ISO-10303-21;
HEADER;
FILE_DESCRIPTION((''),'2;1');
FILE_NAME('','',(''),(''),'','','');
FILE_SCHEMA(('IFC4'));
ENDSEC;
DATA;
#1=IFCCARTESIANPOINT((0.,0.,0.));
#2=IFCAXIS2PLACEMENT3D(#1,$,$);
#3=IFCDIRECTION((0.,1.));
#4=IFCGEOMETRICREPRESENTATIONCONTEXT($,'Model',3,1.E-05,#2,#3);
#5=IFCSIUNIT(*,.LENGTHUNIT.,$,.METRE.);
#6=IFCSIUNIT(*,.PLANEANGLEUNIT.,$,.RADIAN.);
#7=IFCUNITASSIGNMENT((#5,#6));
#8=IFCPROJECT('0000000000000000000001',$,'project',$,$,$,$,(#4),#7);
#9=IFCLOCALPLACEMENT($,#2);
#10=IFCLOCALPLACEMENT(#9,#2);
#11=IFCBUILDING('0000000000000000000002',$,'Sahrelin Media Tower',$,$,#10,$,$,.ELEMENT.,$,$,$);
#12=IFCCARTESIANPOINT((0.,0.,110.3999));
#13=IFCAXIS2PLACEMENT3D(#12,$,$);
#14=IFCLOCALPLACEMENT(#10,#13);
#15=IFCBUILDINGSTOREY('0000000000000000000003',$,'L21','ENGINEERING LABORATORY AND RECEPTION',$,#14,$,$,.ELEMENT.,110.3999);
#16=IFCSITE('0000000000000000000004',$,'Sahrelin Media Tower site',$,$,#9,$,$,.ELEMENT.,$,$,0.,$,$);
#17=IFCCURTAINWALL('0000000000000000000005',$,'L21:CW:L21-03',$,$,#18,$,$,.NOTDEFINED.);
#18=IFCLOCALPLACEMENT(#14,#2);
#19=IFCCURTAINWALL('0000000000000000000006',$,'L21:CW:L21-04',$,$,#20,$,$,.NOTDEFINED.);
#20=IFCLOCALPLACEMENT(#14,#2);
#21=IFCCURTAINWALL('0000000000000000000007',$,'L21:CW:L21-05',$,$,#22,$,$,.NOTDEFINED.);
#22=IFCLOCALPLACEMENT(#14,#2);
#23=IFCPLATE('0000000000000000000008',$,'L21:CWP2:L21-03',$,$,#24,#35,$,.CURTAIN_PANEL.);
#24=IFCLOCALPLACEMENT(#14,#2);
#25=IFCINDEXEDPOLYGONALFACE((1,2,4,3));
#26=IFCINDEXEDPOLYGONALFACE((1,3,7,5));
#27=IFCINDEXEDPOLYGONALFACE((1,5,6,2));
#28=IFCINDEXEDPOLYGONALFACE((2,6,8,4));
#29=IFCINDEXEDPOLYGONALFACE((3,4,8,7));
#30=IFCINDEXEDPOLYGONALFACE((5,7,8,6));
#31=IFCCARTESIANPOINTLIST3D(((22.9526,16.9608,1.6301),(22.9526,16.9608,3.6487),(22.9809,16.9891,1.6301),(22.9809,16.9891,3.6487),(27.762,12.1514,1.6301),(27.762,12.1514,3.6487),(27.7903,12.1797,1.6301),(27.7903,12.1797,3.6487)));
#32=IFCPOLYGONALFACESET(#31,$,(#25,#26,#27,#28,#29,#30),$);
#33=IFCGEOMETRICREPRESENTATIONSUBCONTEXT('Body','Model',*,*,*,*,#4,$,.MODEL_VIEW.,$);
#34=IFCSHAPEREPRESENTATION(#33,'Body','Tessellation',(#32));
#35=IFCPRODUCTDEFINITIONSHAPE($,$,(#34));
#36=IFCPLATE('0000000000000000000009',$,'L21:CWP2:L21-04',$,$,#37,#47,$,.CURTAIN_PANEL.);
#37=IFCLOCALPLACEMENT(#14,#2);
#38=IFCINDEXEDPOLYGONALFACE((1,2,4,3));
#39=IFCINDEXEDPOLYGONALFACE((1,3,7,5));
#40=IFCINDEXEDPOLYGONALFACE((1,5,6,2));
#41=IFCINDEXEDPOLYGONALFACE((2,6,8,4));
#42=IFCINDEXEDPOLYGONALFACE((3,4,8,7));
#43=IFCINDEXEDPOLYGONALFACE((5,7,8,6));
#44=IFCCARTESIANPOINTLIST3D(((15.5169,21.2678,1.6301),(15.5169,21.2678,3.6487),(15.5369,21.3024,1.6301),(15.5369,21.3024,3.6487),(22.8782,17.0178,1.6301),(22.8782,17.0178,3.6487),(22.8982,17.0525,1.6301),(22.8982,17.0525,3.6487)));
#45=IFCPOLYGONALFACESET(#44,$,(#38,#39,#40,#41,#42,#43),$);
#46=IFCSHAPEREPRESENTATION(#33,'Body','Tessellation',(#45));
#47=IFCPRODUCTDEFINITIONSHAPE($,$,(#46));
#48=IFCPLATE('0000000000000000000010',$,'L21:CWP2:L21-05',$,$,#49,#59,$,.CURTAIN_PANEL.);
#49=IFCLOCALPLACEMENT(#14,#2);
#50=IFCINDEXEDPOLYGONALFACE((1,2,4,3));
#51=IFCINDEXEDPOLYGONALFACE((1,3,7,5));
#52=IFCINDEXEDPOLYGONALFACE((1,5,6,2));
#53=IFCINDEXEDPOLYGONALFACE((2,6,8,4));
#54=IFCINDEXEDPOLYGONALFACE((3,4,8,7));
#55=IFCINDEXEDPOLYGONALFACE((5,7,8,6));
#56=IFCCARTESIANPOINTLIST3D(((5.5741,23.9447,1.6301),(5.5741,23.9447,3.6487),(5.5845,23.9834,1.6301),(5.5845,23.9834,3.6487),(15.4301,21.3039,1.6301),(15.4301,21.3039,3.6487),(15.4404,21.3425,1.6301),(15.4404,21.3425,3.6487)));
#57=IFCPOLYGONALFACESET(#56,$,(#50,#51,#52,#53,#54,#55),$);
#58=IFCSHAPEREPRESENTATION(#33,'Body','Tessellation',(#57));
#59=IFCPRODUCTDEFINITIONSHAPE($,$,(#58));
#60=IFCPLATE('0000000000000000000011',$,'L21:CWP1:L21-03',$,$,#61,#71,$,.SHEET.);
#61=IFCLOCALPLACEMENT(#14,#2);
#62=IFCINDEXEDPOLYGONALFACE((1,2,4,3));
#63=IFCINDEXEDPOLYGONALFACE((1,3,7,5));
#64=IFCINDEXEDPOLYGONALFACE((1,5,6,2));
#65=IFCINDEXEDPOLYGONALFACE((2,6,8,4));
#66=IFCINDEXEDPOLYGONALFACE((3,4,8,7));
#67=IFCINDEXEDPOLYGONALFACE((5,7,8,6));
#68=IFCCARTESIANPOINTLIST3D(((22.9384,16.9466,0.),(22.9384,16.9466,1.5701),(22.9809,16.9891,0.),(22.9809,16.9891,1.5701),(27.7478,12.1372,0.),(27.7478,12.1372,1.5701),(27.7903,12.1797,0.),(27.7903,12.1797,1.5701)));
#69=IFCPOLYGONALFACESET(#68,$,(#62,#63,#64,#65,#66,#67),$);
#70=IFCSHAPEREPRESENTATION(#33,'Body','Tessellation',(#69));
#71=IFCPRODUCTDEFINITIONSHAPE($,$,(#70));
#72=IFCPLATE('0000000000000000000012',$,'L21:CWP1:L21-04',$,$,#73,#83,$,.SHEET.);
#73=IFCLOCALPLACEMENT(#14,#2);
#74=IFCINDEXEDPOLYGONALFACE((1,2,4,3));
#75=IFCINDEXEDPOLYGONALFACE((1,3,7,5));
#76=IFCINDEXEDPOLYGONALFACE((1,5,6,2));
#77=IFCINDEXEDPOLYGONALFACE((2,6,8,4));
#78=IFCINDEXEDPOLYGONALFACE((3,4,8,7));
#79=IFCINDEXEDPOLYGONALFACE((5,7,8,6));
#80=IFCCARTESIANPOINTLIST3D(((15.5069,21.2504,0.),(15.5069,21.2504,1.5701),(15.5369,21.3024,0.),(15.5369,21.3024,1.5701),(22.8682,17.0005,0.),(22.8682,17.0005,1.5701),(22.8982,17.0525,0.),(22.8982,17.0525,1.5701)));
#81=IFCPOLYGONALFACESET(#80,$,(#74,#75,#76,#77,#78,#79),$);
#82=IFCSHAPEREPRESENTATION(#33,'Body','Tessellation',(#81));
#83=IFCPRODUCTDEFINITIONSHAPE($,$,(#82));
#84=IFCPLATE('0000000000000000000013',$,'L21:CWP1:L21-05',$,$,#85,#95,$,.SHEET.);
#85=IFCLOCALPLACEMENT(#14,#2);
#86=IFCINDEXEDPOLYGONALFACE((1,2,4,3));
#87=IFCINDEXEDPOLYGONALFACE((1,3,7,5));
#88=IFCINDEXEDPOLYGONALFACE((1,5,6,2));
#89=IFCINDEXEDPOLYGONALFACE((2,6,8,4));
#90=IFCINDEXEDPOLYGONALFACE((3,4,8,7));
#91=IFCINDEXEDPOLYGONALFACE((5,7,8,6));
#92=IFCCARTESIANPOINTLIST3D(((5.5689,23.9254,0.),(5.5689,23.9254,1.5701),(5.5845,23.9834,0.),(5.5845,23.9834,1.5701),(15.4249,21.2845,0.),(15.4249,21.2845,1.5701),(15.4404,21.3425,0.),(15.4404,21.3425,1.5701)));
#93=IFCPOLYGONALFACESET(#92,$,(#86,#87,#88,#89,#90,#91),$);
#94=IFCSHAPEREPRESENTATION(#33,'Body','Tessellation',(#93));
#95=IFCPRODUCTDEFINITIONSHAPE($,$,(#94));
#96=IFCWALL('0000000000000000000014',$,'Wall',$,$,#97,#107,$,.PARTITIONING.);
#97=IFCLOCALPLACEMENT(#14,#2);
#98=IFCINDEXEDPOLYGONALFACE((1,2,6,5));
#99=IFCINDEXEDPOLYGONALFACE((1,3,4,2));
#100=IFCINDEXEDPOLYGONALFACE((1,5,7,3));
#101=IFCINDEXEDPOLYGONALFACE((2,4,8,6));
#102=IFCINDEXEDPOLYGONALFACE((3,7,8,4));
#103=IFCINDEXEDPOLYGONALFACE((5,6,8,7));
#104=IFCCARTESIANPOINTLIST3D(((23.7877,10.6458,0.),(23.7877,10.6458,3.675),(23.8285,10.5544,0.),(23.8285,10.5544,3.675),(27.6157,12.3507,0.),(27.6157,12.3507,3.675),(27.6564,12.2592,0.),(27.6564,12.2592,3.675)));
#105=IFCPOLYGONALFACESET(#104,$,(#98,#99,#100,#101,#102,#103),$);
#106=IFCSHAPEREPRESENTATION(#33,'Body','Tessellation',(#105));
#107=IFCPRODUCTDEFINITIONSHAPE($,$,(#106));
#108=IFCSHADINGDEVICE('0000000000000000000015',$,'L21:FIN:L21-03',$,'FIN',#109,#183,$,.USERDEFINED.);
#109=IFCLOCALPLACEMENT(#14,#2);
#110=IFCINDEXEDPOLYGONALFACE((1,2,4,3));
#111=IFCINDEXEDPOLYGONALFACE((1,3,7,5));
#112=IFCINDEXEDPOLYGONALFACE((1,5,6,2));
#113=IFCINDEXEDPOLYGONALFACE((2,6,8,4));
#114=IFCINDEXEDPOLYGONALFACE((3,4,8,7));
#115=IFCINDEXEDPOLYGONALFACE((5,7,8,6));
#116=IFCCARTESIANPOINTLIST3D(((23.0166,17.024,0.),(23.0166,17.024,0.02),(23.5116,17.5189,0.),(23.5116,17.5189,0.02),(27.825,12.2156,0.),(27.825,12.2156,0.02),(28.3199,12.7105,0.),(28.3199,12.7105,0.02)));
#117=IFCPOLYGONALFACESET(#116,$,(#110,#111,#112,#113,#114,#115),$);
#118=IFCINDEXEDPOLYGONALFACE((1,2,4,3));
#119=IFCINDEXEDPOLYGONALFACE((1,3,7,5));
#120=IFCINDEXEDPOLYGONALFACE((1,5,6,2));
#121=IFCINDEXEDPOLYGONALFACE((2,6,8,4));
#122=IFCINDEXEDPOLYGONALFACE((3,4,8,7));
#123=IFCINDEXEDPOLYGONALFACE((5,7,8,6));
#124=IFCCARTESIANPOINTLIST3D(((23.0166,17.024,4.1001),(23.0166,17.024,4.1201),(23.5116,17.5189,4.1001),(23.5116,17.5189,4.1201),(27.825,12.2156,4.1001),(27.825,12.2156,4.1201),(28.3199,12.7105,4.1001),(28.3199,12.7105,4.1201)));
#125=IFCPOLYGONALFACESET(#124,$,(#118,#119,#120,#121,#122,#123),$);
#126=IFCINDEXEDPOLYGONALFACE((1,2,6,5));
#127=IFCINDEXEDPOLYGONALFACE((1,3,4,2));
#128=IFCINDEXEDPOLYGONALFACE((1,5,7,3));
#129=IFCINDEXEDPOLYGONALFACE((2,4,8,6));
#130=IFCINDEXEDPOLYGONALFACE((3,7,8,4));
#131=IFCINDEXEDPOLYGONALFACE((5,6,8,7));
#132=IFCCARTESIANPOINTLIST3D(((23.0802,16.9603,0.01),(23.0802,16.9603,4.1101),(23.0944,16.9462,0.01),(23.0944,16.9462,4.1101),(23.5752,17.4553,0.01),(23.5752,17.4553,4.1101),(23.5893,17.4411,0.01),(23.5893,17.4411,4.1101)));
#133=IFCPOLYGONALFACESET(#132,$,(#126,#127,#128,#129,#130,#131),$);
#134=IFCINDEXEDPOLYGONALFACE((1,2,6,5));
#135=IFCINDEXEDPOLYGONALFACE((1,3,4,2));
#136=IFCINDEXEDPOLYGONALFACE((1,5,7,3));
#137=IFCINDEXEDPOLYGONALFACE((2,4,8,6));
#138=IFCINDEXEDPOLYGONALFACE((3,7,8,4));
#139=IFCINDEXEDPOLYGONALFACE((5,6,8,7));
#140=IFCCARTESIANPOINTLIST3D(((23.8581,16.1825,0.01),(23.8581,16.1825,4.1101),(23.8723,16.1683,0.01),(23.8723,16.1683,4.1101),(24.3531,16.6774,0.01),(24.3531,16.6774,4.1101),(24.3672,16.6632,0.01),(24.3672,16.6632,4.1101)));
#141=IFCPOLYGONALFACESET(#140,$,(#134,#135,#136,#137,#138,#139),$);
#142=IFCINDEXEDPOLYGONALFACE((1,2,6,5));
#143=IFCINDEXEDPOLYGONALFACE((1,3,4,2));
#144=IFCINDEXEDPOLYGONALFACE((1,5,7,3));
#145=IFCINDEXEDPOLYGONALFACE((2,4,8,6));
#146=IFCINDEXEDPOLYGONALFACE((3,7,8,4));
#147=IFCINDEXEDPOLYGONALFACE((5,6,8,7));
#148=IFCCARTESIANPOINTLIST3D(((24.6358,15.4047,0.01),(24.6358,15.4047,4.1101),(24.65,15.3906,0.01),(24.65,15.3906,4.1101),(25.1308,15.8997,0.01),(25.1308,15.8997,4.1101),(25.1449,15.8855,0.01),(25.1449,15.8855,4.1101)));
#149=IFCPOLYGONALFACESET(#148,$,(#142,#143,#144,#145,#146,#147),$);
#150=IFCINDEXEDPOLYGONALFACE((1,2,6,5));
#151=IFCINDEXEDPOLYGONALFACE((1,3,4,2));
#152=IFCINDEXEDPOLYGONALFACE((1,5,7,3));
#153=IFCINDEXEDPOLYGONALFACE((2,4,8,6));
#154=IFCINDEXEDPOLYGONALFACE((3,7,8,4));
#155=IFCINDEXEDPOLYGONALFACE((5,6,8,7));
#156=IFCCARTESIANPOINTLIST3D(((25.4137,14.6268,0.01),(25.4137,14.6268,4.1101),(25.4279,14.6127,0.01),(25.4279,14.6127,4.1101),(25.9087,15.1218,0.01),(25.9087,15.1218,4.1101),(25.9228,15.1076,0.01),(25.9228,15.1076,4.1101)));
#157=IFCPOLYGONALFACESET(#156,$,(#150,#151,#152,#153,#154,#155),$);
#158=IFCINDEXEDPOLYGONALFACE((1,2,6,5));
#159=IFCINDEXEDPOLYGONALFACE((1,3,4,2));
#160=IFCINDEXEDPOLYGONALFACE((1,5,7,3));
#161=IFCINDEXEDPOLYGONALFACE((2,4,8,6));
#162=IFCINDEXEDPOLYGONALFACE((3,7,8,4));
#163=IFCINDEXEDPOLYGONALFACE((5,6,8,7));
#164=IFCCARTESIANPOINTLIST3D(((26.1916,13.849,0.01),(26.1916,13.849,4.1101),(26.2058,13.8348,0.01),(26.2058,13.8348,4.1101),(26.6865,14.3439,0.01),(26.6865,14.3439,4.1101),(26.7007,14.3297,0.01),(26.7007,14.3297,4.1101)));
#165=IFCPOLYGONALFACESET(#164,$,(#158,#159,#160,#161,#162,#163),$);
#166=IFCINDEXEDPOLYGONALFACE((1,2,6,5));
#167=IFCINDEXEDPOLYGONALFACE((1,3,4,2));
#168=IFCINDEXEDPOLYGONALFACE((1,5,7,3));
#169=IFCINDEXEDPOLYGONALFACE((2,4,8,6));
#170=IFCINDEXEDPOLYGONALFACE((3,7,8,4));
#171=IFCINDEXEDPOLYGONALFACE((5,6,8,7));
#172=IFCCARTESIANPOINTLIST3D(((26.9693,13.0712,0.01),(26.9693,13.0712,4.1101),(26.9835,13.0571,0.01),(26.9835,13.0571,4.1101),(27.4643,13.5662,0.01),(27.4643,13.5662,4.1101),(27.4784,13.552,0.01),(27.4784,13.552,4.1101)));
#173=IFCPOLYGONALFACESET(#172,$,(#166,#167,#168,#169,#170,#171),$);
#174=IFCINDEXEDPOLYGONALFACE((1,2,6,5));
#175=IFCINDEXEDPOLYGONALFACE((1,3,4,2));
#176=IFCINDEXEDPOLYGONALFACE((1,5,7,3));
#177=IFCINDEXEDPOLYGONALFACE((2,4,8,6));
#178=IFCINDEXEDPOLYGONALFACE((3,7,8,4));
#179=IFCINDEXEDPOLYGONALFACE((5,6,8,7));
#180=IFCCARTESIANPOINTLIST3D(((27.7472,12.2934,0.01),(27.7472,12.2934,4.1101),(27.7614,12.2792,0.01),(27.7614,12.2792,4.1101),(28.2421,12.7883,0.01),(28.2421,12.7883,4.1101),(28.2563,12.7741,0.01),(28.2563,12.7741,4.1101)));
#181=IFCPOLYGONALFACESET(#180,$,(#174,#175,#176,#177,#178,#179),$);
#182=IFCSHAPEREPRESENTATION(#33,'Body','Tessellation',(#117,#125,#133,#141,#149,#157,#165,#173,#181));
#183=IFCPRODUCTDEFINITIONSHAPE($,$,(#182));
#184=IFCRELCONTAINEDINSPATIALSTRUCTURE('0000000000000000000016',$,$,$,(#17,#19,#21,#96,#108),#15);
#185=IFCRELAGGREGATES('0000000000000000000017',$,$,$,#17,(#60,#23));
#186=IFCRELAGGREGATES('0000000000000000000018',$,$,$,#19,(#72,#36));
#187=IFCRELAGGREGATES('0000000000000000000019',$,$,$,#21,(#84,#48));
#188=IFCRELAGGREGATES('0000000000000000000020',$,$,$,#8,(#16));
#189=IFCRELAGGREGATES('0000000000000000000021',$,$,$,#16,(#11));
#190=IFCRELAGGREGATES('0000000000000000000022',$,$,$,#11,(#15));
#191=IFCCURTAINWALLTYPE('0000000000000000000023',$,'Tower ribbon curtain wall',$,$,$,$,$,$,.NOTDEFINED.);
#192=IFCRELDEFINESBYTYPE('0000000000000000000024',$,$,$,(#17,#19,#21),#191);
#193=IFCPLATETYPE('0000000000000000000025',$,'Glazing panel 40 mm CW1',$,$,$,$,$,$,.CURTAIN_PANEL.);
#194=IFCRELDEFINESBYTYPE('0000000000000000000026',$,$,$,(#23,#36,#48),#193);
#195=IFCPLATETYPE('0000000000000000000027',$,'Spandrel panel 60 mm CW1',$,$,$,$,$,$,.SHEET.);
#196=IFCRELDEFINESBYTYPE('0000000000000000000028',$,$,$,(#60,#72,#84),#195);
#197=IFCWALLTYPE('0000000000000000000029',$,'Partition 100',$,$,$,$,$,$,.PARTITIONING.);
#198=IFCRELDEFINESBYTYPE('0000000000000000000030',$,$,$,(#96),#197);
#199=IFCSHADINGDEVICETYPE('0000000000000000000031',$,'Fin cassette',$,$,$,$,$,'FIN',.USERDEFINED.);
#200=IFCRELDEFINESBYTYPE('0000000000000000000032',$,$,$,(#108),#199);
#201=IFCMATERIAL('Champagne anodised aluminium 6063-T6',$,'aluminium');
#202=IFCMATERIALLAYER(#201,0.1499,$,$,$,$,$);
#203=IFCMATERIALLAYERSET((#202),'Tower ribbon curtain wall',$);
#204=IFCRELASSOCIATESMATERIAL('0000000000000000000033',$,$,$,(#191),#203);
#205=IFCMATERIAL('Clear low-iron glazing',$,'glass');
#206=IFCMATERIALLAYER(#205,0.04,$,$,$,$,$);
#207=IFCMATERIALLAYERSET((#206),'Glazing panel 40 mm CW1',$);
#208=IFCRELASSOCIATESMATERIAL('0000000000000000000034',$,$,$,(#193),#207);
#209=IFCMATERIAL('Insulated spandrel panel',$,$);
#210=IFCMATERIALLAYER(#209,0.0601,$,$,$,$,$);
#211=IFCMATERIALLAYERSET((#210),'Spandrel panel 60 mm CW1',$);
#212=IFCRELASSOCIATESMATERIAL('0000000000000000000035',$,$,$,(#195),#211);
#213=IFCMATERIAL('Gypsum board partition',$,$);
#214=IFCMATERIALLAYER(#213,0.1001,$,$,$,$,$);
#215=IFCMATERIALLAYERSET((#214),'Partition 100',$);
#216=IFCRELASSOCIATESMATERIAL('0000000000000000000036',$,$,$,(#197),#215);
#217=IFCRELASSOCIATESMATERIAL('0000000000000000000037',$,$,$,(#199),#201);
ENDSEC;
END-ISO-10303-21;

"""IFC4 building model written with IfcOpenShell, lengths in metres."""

from ifc_helpers import new_model, si_unit, direction, frame, frame_2d, origin, origin_2d, place, context, subcontext, project, spatial, polyline, rectangle, outline, extrude, material, layer, layer_set, type_object, element, aggregate, save


model = new_model("IFC4")

# Units and contexts
model_context = context("Model", 3, precision=1e-05, world=origin(), true_north=direction((0.0, 1.0)))
body_context = subcontext(model_context, "Body", "Model", "MODEL_VIEW")
ifc_project = project(units=[si_unit("LENGTHUNIT", "METRE"), si_unit("PLANEANGLEUNIT", "RADIAN")], contexts=[model_context])

# Site, building, storey
site_placement = place(None, origin())
site = spatial("IfcSite", under=ifc_project, at=site_placement, Name="Sahrelin Media Tower site", CompositionType="ELEMENT", RefElevation=0.0)
building_placement = place(site_placement, origin())
building = spatial("IfcBuilding", under=site, at=building_placement, Name="Sahrelin Media Tower", CompositionType="ELEMENT")
storey_placement = place(building_placement, frame((0.0, 0.0, 110.3999)))
storey = spatial("IfcBuildingStorey", under=building, at=storey_placement, Name="L21", Description="ENGINEERING LABORATORY AND RECEPTION", CompositionType="ELEMENT", Elevation=110.3999)

# Curtain walls
ifc_material_1 = material(Name="Champagne anodised aluminium 6063-T6", Category="aluminium")
ifc_layer_1 = layer(ifc_material_1, 0.1499)
ifc_layer_set_1 = layer_set([ifc_layer_1], Name="Tower ribbon curtain wall")
curtain_wall_type = type_object("IfcCurtainWallType", Name="Tower ribbon curtain wall", PredefinedType="NOTDEFINED", material=ifc_layer_set_1)
curtain_wall_1_placement = place(storey_placement, frame((25.3713, 14.5703, 0.0), z_axis=(0.0, 0.0, 1.0), x_axis=(1.0, 0.0, 0.0)))
curtain_wall_1 = element("IfcCurtainWall", 1, at=curtain_wall_1_placement, inside=storey, type_object=curtain_wall_type, Name="L21:CW:L21-03", PredefinedType="NOTDEFINED")
curtain_wall_2_placement = place(storey_placement, frame((19.2075, 19.1604, 0.0), z_axis=(0.0, 0.0, 1.0), x_axis=(1.0, 0.0, 0.0)))
curtain_wall_2 = element("IfcCurtainWall", 2, at=curtain_wall_2_placement, inside=storey, type_object=curtain_wall_type, Name="L21:CW:L21-04", PredefinedType="NOTDEFINED")

# Curtain wall
curtain_wall_3_placement = place(storey_placement, frame((10.5071, 22.6438, 0.0), z_axis=(0.0, 0.0, 1.0), x_axis=(1.0, 0.0, 0.0)))
curtain_wall_3 = element("IfcCurtainWall", 3, at=curtain_wall_3_placement, inside=storey, type_object=curtain_wall_type, Name="L21:CW:L21-05", PredefinedType="NOTDEFINED")

# Plates
ifc_material_2 = material(Name="Clear low-iron glazing", Category="glass")
ifc_layer_2 = layer(ifc_material_2, 0.04)
ifc_layer_set_2 = layer_set([ifc_layer_2], Name="Glazing panel 40 mm CW1")
plate_type_1 = type_object("IfcPlateType", Name="Glazing panel 40 mm CW1", PredefinedType="CURTAIN_PANEL", material=ifc_layer_set_2)
plate_1_placement = place(storey_placement, frame((27.7903, 12.1797, 1.6301), z_axis=(0.707107, 0.707107, 0.0), x_axis=(-0.707107, 0.707107, 0.0)))
plate_1 = element("IfcPlate", 4, at=plate_1_placement, type_object=plate_type_1, Name="L21:CWP2:L21-03", PredefinedType="CURTAIN_PANEL", context=body_context, shape_type="SweptSolid", body=[
    extrude(outline(polyline([(0.0, 0.0), (6.8015, 0.0), (6.8015, 2.0186), (0.0, 2.0186), (0.0, 0.0)])), origin(), (0.0, 0.0, -1.0), 0.04),
])
plate_2_placement = place(storey_placement, frame((22.8982, 17.0525, 1.6301), z_axis=(0.499994, 0.866029, 0.0), x_axis=(-0.866029, 0.499994, 0.0)))
plate_2 = element("IfcPlate", 5, at=plate_2_placement, type_object=plate_type_1, Name="L21:CWP2:L21-04", PredefinedType="CURTAIN_PANEL", context=body_context, shape_type="SweptSolid", body=[
    extrude(outline(polyline([(0.0, 0.0), (8.5, 0.0), (8.5, 2.0186), (0.0, 2.0186), (0.0, 0.0)])), origin(), (0.0, 0.0, -1.0), 0.04),
])
plate_3_placement = place(storey_placement, frame((15.4404, 21.3425, 1.6301), z_axis=(0.258817, 0.965926, 0.0), x_axis=(-0.965926, 0.258817, 0.0)))
plate_3 = element("IfcPlate", 6, at=plate_3_placement, type_object=plate_type_1, Name="L21:CWP2:L21-05", PredefinedType="CURTAIN_PANEL", context=body_context, shape_type="SweptSolid", body=[
    extrude(outline(polyline([(0.0, 0.0), (10.2036, 0.0), (10.2036, 2.0186), (0.0, 2.0186), (0.0, 0.0)])), origin(), (0.0, 0.0, -1.0), 0.04),
])
ifc_material_3 = material(Name="Insulated spandrel panel")
ifc_layer_3 = layer(ifc_material_3, 0.0601)
ifc_layer_set_3 = layer_set([ifc_layer_3], Name="Spandrel panel 60 mm CW1")
plate_type_2 = type_object("IfcPlateType", Name="Spandrel panel 60 mm CW1", PredefinedType="SHEET", material=ifc_layer_set_3)
plate_4_placement = place(storey_placement, frame((27.7903, 12.1797, 0.0), z_axis=(0.707107, 0.707107, 0.0), x_axis=(-0.707107, 0.707107, 0.0)))
plate_4 = element("IfcPlate", 7, at=plate_4_placement, type_object=plate_type_2, Name="L21:CWP1:L21-03", PredefinedType="SHEET", context=body_context, shape_type="SweptSolid", body=[
    extrude(outline(polyline([(0.0, 0.0), (6.8015, 0.0), (6.8015, 1.5701), (0.0, 1.5701), (0.0, 0.0)])), origin(), (0.0, 0.0, -1.0), 0.0601),
])
aggregate(curtain_wall_1, [plate_4, plate_1])
plate_5_placement = place(storey_placement, frame((22.8982, 17.0525, 0.0), z_axis=(0.499994, 0.866029, 0.0), x_axis=(-0.866029, 0.499994, 0.0)))
plate_5 = element("IfcPlate", 8, at=plate_5_placement, type_object=plate_type_2, Name="L21:CWP1:L21-04", PredefinedType="SHEET", context=body_context, shape_type="SweptSolid", body=[
    extrude(outline(polyline([(0.0, 0.0), (8.5, 0.0), (8.5, 1.5701), (0.0, 1.5701), (0.0, 0.0)])), origin(), (0.0, 0.0, -1.0), 0.0601),
])
aggregate(curtain_wall_2, [plate_5, plate_2])
plate_6_placement = place(storey_placement, frame((15.4404, 21.3425, 0.0), z_axis=(0.258817, 0.965926, 0.0), x_axis=(-0.965926, 0.258817, 0.0)))
plate_6 = element("IfcPlate", 9, at=plate_6_placement, type_object=plate_type_2, Name="L21:CWP1:L21-05", PredefinedType="SHEET", context=body_context, shape_type="SweptSolid", body=[
    extrude(outline(polyline([(0.0, 0.0), (10.2036, 0.0), (10.2036, 1.5701), (0.0, 1.5701), (0.0, 0.0)])), origin(), (0.0, 0.0, -1.0), 0.0601),
])
aggregate(curtain_wall_3, [plate_6, plate_3])

# Wall
ifc_material_4 = material(Name="Gypsum board partition")
ifc_layer_4 = layer(ifc_material_4, 0.1001)
ifc_layer_set_4 = layer_set([ifc_layer_4], Name="Partition 100")
wall_type = type_object("IfcWallType", Name="Partition 100", PredefinedType="PARTITIONING", material=ifc_layer_set_4)
wall_placement = place(storey_placement, frame((23.8081, 10.6001, 0.0), z_axis=(0.0, 0.0, 1.0), x_axis=(0.913497, 0.406847, 0.0)))
element("IfcWall", 10, at=wall_placement, inside=storey, type_object=wall_type, Name="Wall", PredefinedType="PARTITIONING", context=body_context, shape_type="SweptSolid", body=[
    extrude(rectangle(XDim=4.1904, YDim=0.1001, at=frame_2d((2.0952, 0.0))), origin(), (0.0, 0.0, 1.0), 3.675),
])

# Shading device
shading_device_type_1 = type_object("IfcShadingDeviceType", Name="Fin cassette", ElementType="FIN", PredefinedType="USERDEFINED", material=ifc_material_1)
placement_1 = place(storey_placement, frame((25.3713, 14.5703, 0.0), z_axis=(0.0, 0.0, 1.0), x_axis=(0.707107, -0.707107, 0.0)))
element("IfcShadingDevice", 11, at=placement_1, inside=storey, type_object=shading_device_type_1, Name="L21:FIN:L21-03", ObjectType="FIN", PredefinedType="USERDEFINED", context=body_context, shape_type="SweptSolid", body=[
    extrude(rectangle(XDim=6.8, YDim=0.7, at=origin_2d()), frame((0.0, 0.4199, 0.0)), (0.0, 0.0, 1.0), 0.02),
    extrude(rectangle(XDim=6.8, YDim=0.7, at=origin_2d()), frame((0.0, 0.4199, 4.1001)), (0.0, 0.0, 1.0), 0.02),
    extrude(rectangle(XDim=0.02, YDim=0.7, at=origin_2d()), frame((-3.3, 0.4199, 0.01), z_axis=(0.0, 0.0, 1.0), x_axis=(1.0, 0.0, 0.0)), (0.0, 0.0, 1.0), 4.1001),
    extrude(rectangle(XDim=0.02, YDim=0.7, at=origin_2d()), frame((-2.2, 0.4199, 0.01), z_axis=(0.0, 0.0, 1.0), x_axis=(1.0, 0.0, 0.0)), (0.0, 0.0, 1.0), 4.1001),
    extrude(rectangle(XDim=0.02, YDim=0.7, at=origin_2d()), frame((-1.1001, 0.4199, 0.01), z_axis=(0.0, 0.0, 1.0), x_axis=(1.0, 0.0, 0.0)), (0.0, 0.0, 1.0), 4.1001),
    extrude(rectangle(XDim=0.02, YDim=0.7, at=origin_2d()), frame((0.0, 0.4199, 0.01), z_axis=(0.0, 0.0, 1.0), x_axis=(1.0, 0.0, 0.0)), (0.0, 0.0, 1.0), 4.1001),
    extrude(rectangle(XDim=0.02, YDim=0.7, at=origin_2d()), frame((1.1001, 0.4199, 0.01), z_axis=(0.0, 0.0, 1.0), x_axis=(1.0, 0.0, 0.0)), (0.0, 0.0, 1.0), 4.1001),
    extrude(rectangle(XDim=0.02, YDim=0.7, at=origin_2d()), frame((2.2, 0.4199, 0.01), z_axis=(0.0, 0.0, 1.0), x_axis=(1.0, 0.0, 0.0)), (0.0, 0.0, 1.0), 4.1001),
    extrude(rectangle(XDim=0.02, YDim=0.7, at=origin_2d()), frame((3.3, 0.4199, 0.01), z_axis=(0.0, 0.0, 1.0), x_axis=(1.0, 0.0, 0.0)), (0.0, 0.0, 1.0), 4.1001),
])

save(model, "model.ifc")
